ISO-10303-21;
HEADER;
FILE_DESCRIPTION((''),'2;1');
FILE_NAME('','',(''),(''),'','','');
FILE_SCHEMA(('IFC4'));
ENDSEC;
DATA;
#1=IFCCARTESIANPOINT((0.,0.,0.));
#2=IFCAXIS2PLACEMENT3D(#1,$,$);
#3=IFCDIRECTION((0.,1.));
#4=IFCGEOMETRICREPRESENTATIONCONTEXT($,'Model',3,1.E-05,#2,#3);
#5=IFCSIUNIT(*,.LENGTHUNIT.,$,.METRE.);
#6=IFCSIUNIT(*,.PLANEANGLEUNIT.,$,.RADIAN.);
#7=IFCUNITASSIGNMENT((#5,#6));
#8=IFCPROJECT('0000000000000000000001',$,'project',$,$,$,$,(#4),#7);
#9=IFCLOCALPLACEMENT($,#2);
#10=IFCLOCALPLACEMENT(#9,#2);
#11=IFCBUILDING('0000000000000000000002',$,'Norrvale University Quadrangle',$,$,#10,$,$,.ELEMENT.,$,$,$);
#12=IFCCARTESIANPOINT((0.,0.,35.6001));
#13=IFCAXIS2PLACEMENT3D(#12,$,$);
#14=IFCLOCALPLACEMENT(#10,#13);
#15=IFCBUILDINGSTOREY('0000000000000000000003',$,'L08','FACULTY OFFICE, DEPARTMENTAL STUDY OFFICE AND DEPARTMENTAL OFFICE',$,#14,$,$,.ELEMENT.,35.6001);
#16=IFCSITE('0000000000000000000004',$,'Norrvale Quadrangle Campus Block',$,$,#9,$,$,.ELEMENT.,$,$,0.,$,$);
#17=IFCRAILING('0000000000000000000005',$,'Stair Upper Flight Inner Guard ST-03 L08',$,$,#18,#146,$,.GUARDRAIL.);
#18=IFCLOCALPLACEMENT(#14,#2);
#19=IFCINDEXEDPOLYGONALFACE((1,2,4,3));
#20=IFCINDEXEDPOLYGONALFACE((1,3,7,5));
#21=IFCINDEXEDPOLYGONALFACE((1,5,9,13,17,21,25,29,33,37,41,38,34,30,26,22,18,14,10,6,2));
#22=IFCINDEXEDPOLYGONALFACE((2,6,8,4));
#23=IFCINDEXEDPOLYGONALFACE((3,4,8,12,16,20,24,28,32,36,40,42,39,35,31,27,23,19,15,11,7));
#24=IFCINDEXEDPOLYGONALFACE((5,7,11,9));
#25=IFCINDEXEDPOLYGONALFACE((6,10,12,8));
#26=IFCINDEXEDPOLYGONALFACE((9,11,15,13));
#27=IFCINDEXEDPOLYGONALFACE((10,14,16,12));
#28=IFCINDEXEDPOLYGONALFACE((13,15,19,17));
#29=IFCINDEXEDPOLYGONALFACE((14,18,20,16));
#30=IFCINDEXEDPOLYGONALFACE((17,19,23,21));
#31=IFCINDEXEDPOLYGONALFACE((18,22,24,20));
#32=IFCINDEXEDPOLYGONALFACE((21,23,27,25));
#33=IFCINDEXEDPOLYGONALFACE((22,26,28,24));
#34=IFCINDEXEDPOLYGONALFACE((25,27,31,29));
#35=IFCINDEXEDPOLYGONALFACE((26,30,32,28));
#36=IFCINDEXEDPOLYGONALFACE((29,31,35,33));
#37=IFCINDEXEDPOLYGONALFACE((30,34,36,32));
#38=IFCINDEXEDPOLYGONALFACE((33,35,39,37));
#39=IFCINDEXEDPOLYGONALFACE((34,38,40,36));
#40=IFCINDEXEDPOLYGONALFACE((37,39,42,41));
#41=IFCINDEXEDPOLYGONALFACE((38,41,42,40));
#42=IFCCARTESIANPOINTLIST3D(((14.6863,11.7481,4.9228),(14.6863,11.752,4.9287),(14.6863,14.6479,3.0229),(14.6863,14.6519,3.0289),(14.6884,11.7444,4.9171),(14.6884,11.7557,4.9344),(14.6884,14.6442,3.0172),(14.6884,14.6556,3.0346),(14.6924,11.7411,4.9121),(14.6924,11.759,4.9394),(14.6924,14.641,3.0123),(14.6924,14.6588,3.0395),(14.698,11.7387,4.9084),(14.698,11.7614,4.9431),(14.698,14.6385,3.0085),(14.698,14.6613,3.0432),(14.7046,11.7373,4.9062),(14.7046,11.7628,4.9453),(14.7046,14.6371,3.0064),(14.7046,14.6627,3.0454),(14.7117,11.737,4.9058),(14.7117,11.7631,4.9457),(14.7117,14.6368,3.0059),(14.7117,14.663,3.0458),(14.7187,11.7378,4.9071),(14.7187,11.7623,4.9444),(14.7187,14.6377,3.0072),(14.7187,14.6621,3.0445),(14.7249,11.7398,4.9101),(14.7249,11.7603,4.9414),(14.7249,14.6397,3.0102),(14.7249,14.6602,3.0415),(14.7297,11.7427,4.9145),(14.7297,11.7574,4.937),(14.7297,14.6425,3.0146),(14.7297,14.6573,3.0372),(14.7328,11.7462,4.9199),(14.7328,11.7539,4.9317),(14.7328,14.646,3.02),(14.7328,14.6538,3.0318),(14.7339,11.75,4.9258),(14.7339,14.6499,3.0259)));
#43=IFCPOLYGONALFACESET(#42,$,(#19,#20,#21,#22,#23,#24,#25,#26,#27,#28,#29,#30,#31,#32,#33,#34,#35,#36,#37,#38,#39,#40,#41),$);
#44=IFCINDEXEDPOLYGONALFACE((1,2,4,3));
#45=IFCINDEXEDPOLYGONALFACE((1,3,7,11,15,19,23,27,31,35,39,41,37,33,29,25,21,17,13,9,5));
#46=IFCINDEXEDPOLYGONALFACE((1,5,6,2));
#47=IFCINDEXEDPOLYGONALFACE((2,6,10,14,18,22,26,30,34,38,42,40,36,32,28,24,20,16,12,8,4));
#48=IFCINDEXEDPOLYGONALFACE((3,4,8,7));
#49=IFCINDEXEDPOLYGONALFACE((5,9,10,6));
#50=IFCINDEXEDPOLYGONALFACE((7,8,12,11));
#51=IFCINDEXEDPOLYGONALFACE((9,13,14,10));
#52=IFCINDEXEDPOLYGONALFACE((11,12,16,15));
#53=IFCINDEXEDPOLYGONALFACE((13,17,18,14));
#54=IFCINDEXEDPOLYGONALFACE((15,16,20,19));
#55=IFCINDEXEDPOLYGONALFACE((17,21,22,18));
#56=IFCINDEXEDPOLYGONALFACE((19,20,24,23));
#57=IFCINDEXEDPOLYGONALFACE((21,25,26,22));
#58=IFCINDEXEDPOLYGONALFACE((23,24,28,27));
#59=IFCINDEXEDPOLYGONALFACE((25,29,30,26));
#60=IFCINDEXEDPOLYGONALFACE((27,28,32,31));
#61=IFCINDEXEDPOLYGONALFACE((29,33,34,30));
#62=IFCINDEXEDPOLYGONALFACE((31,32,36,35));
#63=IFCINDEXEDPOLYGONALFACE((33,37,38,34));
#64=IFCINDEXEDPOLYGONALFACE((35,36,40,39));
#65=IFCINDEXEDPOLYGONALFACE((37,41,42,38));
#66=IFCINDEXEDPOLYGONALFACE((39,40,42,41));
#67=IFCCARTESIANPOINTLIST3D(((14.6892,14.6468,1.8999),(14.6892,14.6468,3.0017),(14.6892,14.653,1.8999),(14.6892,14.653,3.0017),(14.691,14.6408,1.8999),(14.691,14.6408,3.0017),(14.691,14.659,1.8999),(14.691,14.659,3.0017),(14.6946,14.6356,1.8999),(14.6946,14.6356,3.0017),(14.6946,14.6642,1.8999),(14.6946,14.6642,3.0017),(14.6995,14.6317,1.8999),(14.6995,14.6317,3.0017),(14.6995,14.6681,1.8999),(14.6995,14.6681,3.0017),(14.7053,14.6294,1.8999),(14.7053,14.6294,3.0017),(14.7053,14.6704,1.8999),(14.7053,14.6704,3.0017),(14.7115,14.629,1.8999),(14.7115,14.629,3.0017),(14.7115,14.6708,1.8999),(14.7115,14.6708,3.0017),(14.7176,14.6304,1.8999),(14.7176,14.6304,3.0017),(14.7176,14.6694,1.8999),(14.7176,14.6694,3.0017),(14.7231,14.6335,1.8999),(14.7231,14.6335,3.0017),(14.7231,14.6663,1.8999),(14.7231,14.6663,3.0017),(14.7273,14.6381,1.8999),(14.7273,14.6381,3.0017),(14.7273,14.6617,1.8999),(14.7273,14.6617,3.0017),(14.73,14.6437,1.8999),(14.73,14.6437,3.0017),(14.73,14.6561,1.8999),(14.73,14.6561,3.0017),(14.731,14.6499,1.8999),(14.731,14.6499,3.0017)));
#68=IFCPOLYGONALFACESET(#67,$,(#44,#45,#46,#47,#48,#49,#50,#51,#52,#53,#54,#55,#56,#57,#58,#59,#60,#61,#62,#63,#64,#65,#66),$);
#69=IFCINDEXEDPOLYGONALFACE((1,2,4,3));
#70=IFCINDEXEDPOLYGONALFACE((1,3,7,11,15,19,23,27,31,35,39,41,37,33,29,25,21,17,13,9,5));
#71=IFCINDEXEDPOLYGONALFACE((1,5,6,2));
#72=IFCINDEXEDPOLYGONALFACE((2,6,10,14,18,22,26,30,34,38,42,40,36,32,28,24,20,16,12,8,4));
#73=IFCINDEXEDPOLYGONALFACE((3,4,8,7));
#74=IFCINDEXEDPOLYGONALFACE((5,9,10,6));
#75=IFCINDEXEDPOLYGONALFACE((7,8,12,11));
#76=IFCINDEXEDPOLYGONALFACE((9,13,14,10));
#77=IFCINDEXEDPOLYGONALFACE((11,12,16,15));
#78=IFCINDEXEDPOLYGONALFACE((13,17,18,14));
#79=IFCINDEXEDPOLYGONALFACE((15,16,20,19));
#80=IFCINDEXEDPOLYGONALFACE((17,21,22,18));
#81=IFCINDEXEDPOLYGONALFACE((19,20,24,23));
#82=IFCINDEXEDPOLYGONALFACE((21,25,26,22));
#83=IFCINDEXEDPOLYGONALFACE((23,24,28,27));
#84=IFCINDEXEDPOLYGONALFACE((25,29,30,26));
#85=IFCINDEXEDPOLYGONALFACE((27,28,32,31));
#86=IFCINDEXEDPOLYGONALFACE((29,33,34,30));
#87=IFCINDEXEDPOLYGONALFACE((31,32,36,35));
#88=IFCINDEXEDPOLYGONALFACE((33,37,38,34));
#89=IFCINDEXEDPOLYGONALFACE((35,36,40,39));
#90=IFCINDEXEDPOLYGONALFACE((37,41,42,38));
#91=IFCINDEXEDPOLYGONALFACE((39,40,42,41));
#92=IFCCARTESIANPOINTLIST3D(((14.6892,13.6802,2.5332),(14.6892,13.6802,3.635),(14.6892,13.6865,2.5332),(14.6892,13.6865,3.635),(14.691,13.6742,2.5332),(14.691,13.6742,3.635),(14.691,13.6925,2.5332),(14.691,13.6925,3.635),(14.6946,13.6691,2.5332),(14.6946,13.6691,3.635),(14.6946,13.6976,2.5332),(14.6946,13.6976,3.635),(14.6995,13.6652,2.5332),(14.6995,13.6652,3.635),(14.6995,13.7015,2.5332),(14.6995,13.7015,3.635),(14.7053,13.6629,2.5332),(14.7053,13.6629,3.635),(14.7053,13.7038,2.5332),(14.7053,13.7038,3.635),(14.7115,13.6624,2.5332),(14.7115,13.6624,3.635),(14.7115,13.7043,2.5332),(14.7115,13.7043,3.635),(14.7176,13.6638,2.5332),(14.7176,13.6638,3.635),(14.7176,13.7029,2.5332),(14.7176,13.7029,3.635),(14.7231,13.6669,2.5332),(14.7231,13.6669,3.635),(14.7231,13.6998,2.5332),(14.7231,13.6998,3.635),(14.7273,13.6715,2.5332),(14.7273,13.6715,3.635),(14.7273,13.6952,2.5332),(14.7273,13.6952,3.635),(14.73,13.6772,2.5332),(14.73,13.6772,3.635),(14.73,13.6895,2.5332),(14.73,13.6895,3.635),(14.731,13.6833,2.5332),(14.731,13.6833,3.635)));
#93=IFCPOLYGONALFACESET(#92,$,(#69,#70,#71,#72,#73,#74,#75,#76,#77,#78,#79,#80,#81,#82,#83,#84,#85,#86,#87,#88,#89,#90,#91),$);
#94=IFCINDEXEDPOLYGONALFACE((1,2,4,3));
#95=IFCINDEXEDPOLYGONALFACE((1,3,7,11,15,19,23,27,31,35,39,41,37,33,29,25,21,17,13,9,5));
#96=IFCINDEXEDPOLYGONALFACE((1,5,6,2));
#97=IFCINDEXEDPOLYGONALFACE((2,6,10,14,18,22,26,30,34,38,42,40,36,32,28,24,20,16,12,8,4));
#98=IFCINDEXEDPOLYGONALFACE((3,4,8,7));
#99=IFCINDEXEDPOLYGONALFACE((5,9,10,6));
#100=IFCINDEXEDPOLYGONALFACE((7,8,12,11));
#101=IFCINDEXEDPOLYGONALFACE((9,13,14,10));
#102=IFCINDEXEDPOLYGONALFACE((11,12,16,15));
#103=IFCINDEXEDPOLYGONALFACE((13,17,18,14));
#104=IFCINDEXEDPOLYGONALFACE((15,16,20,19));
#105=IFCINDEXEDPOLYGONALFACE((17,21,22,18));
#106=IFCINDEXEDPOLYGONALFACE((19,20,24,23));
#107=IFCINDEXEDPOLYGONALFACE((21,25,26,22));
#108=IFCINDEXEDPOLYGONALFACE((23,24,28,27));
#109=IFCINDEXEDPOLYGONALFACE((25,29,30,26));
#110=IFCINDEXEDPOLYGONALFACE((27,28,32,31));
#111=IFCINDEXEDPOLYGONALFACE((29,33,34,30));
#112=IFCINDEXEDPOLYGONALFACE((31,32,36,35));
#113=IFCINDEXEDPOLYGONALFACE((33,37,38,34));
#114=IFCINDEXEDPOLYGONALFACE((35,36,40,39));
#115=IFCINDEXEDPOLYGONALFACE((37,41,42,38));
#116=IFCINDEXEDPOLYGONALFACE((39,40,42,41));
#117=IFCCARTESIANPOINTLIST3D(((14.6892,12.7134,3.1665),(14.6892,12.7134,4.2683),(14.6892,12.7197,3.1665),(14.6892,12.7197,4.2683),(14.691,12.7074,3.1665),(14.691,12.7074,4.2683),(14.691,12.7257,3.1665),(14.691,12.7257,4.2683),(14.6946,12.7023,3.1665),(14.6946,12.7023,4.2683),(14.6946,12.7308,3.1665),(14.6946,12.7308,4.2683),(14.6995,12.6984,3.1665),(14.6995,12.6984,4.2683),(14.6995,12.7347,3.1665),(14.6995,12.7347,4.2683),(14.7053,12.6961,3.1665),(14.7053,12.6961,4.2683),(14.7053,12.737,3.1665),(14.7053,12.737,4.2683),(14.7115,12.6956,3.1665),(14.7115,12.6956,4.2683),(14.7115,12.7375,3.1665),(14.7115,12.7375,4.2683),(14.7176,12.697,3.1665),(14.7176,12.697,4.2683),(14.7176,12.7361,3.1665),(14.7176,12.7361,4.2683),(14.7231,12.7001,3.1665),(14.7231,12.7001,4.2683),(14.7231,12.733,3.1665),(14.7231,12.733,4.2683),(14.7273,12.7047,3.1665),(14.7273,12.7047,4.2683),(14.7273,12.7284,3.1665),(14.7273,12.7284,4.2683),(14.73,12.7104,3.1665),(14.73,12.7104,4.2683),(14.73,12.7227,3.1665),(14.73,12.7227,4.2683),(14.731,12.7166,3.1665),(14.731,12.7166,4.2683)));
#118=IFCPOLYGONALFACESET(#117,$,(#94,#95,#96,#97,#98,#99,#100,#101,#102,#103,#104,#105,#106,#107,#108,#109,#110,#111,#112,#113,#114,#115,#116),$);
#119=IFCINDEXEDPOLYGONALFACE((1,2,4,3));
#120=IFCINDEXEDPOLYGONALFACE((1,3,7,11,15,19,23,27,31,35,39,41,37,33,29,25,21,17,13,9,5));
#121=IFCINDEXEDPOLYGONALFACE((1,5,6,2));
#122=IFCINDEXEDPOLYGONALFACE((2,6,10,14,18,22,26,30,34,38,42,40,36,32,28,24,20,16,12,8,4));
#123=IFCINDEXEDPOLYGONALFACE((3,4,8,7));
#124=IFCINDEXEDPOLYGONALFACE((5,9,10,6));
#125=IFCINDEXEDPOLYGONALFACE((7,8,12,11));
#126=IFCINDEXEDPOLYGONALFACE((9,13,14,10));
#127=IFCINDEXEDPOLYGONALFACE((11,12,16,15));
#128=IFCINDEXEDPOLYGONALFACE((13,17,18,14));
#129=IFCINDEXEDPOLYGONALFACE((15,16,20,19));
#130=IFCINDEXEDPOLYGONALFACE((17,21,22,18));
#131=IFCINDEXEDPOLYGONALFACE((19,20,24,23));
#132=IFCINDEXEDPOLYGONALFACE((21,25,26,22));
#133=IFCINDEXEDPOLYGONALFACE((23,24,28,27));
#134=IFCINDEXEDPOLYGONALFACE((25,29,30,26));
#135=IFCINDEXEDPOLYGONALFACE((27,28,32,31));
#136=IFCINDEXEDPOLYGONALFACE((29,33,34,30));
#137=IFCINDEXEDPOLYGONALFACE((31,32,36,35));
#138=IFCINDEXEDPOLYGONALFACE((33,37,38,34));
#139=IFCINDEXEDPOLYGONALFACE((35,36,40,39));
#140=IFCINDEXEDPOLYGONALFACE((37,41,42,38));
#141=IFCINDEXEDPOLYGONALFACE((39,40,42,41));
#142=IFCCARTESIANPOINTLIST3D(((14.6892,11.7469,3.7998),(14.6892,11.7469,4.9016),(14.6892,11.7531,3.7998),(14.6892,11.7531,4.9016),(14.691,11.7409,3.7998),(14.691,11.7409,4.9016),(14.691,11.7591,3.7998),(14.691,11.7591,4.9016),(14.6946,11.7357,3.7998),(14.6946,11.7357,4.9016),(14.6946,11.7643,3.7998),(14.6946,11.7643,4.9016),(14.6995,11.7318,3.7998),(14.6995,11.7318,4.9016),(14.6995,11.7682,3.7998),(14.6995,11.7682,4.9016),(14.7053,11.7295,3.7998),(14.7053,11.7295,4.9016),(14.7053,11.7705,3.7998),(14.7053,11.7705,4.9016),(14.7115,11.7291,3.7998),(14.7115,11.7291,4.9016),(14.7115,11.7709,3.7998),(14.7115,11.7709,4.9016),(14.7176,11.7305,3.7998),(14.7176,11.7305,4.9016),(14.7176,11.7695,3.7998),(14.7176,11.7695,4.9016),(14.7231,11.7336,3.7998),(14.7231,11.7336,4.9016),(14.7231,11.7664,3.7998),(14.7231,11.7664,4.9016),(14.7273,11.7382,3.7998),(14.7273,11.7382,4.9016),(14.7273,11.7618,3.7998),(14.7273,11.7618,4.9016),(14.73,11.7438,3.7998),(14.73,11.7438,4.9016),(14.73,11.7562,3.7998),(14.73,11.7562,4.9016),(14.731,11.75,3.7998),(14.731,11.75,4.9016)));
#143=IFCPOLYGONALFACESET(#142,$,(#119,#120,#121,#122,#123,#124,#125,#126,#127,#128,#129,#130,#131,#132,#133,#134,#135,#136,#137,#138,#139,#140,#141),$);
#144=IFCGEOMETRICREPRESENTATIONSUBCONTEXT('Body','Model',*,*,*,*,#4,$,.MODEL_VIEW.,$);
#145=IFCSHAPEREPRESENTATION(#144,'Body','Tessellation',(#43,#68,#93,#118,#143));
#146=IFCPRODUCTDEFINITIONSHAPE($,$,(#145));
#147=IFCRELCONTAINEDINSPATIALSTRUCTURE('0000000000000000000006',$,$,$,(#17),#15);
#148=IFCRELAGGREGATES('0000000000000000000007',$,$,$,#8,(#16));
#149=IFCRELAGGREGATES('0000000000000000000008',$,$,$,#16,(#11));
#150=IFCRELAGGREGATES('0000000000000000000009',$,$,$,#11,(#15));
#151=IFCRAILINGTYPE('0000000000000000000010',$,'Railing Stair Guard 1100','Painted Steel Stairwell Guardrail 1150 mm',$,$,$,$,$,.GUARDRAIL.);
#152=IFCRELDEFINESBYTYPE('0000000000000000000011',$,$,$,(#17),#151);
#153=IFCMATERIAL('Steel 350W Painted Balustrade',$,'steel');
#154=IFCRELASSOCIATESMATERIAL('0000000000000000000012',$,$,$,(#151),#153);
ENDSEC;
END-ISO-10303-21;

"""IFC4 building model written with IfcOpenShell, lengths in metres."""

from ifc_helpers import new_model, si_unit, direction, frame, origin, origin_2d, place, context, subcontext, project, spatial, circle, extrude, material, type_object, element, save


model = new_model("IFC4")

# Units and contexts
model_context = context("Model", 3, precision=1e-05, world=origin(), true_north=direction((0.0, 1.0)))
body_context = subcontext(model_context, "Body", "Model", "MODEL_VIEW")
ifc_project = project(units=[si_unit("LENGTHUNIT", "METRE"), si_unit("PLANEANGLEUNIT", "RADIAN")], contexts=[model_context])

# Site, building, storey
site_placement = place(None, origin())
site = spatial("IfcSite", under=ifc_project, at=site_placement, Name="Norrvale Quadrangle Campus Block", CompositionType="ELEMENT", RefElevation=0.0)
building_placement = place(site_placement, origin())
building = spatial("IfcBuilding", under=site, at=building_placement, Name="Norrvale University Quadrangle", CompositionType="ELEMENT")
storey_placement = place(building_placement, frame((0.0, 0.0, 35.6001)))
storey = spatial("IfcBuildingStorey", under=building, at=storey_placement, Name="L08", Description="FACULTY OFFICE, DEPARTMENTAL STUDY OFFICE AND DEPARTMENTAL OFFICE", CompositionType="ELEMENT", Elevation=35.6001)

# Railing
ifc_material_1 = material(Name="Steel 350W Painted Balustrade", Category="steel")
railing_type_1 = type_object("IfcRailingType", Name="Railing Stair Guard 1100", Description="Painted Steel Stairwell Guardrail 1150 mm", PredefinedType="GUARDRAIL", material=ifc_material_1)
railing_1_placement = place(storey_placement, frame((14.71, 14.6499, 1.8999)))
element("IfcRailing", 1, at=railing_1_placement, inside=storey, type_object=railing_type_1, Name="Stair Upper Flight Inner Guard ST-03 L08", PredefinedType="GUARDRAIL", context=body_context, shape_type="SweptSolid", body=[
    extrude(circle(Radius=0.0239, at=origin_2d()), frame((0.0, 0.0, 1.126), z_axis=(0.0, -0.836466, 0.548019), x_axis=(1.0, 0.0, 0.0)), (0.0, 0.0, 1.0), 3.4668),
    extrude(circle(Radius=0.021, at=origin_2d()), origin(), (0.0, 0.0, 1.0), 1.1018),
    extrude(circle(Radius=0.021, at=origin_2d()), frame((0.0, -0.9666, 0.6333)), (0.0, 0.0, 1.0), 1.1018),
    extrude(circle(Radius=0.021, at=origin_2d()), frame((0.0, -1.9333, 1.2666)), (0.0, 0.0, 1.0), 1.1018),
    extrude(circle(Radius=0.021, at=origin_2d()), frame((0.0, -2.8999, 1.8999)), (0.0, 0.0, 1.0), 1.1018),
])

save(model, "model.ifc")
